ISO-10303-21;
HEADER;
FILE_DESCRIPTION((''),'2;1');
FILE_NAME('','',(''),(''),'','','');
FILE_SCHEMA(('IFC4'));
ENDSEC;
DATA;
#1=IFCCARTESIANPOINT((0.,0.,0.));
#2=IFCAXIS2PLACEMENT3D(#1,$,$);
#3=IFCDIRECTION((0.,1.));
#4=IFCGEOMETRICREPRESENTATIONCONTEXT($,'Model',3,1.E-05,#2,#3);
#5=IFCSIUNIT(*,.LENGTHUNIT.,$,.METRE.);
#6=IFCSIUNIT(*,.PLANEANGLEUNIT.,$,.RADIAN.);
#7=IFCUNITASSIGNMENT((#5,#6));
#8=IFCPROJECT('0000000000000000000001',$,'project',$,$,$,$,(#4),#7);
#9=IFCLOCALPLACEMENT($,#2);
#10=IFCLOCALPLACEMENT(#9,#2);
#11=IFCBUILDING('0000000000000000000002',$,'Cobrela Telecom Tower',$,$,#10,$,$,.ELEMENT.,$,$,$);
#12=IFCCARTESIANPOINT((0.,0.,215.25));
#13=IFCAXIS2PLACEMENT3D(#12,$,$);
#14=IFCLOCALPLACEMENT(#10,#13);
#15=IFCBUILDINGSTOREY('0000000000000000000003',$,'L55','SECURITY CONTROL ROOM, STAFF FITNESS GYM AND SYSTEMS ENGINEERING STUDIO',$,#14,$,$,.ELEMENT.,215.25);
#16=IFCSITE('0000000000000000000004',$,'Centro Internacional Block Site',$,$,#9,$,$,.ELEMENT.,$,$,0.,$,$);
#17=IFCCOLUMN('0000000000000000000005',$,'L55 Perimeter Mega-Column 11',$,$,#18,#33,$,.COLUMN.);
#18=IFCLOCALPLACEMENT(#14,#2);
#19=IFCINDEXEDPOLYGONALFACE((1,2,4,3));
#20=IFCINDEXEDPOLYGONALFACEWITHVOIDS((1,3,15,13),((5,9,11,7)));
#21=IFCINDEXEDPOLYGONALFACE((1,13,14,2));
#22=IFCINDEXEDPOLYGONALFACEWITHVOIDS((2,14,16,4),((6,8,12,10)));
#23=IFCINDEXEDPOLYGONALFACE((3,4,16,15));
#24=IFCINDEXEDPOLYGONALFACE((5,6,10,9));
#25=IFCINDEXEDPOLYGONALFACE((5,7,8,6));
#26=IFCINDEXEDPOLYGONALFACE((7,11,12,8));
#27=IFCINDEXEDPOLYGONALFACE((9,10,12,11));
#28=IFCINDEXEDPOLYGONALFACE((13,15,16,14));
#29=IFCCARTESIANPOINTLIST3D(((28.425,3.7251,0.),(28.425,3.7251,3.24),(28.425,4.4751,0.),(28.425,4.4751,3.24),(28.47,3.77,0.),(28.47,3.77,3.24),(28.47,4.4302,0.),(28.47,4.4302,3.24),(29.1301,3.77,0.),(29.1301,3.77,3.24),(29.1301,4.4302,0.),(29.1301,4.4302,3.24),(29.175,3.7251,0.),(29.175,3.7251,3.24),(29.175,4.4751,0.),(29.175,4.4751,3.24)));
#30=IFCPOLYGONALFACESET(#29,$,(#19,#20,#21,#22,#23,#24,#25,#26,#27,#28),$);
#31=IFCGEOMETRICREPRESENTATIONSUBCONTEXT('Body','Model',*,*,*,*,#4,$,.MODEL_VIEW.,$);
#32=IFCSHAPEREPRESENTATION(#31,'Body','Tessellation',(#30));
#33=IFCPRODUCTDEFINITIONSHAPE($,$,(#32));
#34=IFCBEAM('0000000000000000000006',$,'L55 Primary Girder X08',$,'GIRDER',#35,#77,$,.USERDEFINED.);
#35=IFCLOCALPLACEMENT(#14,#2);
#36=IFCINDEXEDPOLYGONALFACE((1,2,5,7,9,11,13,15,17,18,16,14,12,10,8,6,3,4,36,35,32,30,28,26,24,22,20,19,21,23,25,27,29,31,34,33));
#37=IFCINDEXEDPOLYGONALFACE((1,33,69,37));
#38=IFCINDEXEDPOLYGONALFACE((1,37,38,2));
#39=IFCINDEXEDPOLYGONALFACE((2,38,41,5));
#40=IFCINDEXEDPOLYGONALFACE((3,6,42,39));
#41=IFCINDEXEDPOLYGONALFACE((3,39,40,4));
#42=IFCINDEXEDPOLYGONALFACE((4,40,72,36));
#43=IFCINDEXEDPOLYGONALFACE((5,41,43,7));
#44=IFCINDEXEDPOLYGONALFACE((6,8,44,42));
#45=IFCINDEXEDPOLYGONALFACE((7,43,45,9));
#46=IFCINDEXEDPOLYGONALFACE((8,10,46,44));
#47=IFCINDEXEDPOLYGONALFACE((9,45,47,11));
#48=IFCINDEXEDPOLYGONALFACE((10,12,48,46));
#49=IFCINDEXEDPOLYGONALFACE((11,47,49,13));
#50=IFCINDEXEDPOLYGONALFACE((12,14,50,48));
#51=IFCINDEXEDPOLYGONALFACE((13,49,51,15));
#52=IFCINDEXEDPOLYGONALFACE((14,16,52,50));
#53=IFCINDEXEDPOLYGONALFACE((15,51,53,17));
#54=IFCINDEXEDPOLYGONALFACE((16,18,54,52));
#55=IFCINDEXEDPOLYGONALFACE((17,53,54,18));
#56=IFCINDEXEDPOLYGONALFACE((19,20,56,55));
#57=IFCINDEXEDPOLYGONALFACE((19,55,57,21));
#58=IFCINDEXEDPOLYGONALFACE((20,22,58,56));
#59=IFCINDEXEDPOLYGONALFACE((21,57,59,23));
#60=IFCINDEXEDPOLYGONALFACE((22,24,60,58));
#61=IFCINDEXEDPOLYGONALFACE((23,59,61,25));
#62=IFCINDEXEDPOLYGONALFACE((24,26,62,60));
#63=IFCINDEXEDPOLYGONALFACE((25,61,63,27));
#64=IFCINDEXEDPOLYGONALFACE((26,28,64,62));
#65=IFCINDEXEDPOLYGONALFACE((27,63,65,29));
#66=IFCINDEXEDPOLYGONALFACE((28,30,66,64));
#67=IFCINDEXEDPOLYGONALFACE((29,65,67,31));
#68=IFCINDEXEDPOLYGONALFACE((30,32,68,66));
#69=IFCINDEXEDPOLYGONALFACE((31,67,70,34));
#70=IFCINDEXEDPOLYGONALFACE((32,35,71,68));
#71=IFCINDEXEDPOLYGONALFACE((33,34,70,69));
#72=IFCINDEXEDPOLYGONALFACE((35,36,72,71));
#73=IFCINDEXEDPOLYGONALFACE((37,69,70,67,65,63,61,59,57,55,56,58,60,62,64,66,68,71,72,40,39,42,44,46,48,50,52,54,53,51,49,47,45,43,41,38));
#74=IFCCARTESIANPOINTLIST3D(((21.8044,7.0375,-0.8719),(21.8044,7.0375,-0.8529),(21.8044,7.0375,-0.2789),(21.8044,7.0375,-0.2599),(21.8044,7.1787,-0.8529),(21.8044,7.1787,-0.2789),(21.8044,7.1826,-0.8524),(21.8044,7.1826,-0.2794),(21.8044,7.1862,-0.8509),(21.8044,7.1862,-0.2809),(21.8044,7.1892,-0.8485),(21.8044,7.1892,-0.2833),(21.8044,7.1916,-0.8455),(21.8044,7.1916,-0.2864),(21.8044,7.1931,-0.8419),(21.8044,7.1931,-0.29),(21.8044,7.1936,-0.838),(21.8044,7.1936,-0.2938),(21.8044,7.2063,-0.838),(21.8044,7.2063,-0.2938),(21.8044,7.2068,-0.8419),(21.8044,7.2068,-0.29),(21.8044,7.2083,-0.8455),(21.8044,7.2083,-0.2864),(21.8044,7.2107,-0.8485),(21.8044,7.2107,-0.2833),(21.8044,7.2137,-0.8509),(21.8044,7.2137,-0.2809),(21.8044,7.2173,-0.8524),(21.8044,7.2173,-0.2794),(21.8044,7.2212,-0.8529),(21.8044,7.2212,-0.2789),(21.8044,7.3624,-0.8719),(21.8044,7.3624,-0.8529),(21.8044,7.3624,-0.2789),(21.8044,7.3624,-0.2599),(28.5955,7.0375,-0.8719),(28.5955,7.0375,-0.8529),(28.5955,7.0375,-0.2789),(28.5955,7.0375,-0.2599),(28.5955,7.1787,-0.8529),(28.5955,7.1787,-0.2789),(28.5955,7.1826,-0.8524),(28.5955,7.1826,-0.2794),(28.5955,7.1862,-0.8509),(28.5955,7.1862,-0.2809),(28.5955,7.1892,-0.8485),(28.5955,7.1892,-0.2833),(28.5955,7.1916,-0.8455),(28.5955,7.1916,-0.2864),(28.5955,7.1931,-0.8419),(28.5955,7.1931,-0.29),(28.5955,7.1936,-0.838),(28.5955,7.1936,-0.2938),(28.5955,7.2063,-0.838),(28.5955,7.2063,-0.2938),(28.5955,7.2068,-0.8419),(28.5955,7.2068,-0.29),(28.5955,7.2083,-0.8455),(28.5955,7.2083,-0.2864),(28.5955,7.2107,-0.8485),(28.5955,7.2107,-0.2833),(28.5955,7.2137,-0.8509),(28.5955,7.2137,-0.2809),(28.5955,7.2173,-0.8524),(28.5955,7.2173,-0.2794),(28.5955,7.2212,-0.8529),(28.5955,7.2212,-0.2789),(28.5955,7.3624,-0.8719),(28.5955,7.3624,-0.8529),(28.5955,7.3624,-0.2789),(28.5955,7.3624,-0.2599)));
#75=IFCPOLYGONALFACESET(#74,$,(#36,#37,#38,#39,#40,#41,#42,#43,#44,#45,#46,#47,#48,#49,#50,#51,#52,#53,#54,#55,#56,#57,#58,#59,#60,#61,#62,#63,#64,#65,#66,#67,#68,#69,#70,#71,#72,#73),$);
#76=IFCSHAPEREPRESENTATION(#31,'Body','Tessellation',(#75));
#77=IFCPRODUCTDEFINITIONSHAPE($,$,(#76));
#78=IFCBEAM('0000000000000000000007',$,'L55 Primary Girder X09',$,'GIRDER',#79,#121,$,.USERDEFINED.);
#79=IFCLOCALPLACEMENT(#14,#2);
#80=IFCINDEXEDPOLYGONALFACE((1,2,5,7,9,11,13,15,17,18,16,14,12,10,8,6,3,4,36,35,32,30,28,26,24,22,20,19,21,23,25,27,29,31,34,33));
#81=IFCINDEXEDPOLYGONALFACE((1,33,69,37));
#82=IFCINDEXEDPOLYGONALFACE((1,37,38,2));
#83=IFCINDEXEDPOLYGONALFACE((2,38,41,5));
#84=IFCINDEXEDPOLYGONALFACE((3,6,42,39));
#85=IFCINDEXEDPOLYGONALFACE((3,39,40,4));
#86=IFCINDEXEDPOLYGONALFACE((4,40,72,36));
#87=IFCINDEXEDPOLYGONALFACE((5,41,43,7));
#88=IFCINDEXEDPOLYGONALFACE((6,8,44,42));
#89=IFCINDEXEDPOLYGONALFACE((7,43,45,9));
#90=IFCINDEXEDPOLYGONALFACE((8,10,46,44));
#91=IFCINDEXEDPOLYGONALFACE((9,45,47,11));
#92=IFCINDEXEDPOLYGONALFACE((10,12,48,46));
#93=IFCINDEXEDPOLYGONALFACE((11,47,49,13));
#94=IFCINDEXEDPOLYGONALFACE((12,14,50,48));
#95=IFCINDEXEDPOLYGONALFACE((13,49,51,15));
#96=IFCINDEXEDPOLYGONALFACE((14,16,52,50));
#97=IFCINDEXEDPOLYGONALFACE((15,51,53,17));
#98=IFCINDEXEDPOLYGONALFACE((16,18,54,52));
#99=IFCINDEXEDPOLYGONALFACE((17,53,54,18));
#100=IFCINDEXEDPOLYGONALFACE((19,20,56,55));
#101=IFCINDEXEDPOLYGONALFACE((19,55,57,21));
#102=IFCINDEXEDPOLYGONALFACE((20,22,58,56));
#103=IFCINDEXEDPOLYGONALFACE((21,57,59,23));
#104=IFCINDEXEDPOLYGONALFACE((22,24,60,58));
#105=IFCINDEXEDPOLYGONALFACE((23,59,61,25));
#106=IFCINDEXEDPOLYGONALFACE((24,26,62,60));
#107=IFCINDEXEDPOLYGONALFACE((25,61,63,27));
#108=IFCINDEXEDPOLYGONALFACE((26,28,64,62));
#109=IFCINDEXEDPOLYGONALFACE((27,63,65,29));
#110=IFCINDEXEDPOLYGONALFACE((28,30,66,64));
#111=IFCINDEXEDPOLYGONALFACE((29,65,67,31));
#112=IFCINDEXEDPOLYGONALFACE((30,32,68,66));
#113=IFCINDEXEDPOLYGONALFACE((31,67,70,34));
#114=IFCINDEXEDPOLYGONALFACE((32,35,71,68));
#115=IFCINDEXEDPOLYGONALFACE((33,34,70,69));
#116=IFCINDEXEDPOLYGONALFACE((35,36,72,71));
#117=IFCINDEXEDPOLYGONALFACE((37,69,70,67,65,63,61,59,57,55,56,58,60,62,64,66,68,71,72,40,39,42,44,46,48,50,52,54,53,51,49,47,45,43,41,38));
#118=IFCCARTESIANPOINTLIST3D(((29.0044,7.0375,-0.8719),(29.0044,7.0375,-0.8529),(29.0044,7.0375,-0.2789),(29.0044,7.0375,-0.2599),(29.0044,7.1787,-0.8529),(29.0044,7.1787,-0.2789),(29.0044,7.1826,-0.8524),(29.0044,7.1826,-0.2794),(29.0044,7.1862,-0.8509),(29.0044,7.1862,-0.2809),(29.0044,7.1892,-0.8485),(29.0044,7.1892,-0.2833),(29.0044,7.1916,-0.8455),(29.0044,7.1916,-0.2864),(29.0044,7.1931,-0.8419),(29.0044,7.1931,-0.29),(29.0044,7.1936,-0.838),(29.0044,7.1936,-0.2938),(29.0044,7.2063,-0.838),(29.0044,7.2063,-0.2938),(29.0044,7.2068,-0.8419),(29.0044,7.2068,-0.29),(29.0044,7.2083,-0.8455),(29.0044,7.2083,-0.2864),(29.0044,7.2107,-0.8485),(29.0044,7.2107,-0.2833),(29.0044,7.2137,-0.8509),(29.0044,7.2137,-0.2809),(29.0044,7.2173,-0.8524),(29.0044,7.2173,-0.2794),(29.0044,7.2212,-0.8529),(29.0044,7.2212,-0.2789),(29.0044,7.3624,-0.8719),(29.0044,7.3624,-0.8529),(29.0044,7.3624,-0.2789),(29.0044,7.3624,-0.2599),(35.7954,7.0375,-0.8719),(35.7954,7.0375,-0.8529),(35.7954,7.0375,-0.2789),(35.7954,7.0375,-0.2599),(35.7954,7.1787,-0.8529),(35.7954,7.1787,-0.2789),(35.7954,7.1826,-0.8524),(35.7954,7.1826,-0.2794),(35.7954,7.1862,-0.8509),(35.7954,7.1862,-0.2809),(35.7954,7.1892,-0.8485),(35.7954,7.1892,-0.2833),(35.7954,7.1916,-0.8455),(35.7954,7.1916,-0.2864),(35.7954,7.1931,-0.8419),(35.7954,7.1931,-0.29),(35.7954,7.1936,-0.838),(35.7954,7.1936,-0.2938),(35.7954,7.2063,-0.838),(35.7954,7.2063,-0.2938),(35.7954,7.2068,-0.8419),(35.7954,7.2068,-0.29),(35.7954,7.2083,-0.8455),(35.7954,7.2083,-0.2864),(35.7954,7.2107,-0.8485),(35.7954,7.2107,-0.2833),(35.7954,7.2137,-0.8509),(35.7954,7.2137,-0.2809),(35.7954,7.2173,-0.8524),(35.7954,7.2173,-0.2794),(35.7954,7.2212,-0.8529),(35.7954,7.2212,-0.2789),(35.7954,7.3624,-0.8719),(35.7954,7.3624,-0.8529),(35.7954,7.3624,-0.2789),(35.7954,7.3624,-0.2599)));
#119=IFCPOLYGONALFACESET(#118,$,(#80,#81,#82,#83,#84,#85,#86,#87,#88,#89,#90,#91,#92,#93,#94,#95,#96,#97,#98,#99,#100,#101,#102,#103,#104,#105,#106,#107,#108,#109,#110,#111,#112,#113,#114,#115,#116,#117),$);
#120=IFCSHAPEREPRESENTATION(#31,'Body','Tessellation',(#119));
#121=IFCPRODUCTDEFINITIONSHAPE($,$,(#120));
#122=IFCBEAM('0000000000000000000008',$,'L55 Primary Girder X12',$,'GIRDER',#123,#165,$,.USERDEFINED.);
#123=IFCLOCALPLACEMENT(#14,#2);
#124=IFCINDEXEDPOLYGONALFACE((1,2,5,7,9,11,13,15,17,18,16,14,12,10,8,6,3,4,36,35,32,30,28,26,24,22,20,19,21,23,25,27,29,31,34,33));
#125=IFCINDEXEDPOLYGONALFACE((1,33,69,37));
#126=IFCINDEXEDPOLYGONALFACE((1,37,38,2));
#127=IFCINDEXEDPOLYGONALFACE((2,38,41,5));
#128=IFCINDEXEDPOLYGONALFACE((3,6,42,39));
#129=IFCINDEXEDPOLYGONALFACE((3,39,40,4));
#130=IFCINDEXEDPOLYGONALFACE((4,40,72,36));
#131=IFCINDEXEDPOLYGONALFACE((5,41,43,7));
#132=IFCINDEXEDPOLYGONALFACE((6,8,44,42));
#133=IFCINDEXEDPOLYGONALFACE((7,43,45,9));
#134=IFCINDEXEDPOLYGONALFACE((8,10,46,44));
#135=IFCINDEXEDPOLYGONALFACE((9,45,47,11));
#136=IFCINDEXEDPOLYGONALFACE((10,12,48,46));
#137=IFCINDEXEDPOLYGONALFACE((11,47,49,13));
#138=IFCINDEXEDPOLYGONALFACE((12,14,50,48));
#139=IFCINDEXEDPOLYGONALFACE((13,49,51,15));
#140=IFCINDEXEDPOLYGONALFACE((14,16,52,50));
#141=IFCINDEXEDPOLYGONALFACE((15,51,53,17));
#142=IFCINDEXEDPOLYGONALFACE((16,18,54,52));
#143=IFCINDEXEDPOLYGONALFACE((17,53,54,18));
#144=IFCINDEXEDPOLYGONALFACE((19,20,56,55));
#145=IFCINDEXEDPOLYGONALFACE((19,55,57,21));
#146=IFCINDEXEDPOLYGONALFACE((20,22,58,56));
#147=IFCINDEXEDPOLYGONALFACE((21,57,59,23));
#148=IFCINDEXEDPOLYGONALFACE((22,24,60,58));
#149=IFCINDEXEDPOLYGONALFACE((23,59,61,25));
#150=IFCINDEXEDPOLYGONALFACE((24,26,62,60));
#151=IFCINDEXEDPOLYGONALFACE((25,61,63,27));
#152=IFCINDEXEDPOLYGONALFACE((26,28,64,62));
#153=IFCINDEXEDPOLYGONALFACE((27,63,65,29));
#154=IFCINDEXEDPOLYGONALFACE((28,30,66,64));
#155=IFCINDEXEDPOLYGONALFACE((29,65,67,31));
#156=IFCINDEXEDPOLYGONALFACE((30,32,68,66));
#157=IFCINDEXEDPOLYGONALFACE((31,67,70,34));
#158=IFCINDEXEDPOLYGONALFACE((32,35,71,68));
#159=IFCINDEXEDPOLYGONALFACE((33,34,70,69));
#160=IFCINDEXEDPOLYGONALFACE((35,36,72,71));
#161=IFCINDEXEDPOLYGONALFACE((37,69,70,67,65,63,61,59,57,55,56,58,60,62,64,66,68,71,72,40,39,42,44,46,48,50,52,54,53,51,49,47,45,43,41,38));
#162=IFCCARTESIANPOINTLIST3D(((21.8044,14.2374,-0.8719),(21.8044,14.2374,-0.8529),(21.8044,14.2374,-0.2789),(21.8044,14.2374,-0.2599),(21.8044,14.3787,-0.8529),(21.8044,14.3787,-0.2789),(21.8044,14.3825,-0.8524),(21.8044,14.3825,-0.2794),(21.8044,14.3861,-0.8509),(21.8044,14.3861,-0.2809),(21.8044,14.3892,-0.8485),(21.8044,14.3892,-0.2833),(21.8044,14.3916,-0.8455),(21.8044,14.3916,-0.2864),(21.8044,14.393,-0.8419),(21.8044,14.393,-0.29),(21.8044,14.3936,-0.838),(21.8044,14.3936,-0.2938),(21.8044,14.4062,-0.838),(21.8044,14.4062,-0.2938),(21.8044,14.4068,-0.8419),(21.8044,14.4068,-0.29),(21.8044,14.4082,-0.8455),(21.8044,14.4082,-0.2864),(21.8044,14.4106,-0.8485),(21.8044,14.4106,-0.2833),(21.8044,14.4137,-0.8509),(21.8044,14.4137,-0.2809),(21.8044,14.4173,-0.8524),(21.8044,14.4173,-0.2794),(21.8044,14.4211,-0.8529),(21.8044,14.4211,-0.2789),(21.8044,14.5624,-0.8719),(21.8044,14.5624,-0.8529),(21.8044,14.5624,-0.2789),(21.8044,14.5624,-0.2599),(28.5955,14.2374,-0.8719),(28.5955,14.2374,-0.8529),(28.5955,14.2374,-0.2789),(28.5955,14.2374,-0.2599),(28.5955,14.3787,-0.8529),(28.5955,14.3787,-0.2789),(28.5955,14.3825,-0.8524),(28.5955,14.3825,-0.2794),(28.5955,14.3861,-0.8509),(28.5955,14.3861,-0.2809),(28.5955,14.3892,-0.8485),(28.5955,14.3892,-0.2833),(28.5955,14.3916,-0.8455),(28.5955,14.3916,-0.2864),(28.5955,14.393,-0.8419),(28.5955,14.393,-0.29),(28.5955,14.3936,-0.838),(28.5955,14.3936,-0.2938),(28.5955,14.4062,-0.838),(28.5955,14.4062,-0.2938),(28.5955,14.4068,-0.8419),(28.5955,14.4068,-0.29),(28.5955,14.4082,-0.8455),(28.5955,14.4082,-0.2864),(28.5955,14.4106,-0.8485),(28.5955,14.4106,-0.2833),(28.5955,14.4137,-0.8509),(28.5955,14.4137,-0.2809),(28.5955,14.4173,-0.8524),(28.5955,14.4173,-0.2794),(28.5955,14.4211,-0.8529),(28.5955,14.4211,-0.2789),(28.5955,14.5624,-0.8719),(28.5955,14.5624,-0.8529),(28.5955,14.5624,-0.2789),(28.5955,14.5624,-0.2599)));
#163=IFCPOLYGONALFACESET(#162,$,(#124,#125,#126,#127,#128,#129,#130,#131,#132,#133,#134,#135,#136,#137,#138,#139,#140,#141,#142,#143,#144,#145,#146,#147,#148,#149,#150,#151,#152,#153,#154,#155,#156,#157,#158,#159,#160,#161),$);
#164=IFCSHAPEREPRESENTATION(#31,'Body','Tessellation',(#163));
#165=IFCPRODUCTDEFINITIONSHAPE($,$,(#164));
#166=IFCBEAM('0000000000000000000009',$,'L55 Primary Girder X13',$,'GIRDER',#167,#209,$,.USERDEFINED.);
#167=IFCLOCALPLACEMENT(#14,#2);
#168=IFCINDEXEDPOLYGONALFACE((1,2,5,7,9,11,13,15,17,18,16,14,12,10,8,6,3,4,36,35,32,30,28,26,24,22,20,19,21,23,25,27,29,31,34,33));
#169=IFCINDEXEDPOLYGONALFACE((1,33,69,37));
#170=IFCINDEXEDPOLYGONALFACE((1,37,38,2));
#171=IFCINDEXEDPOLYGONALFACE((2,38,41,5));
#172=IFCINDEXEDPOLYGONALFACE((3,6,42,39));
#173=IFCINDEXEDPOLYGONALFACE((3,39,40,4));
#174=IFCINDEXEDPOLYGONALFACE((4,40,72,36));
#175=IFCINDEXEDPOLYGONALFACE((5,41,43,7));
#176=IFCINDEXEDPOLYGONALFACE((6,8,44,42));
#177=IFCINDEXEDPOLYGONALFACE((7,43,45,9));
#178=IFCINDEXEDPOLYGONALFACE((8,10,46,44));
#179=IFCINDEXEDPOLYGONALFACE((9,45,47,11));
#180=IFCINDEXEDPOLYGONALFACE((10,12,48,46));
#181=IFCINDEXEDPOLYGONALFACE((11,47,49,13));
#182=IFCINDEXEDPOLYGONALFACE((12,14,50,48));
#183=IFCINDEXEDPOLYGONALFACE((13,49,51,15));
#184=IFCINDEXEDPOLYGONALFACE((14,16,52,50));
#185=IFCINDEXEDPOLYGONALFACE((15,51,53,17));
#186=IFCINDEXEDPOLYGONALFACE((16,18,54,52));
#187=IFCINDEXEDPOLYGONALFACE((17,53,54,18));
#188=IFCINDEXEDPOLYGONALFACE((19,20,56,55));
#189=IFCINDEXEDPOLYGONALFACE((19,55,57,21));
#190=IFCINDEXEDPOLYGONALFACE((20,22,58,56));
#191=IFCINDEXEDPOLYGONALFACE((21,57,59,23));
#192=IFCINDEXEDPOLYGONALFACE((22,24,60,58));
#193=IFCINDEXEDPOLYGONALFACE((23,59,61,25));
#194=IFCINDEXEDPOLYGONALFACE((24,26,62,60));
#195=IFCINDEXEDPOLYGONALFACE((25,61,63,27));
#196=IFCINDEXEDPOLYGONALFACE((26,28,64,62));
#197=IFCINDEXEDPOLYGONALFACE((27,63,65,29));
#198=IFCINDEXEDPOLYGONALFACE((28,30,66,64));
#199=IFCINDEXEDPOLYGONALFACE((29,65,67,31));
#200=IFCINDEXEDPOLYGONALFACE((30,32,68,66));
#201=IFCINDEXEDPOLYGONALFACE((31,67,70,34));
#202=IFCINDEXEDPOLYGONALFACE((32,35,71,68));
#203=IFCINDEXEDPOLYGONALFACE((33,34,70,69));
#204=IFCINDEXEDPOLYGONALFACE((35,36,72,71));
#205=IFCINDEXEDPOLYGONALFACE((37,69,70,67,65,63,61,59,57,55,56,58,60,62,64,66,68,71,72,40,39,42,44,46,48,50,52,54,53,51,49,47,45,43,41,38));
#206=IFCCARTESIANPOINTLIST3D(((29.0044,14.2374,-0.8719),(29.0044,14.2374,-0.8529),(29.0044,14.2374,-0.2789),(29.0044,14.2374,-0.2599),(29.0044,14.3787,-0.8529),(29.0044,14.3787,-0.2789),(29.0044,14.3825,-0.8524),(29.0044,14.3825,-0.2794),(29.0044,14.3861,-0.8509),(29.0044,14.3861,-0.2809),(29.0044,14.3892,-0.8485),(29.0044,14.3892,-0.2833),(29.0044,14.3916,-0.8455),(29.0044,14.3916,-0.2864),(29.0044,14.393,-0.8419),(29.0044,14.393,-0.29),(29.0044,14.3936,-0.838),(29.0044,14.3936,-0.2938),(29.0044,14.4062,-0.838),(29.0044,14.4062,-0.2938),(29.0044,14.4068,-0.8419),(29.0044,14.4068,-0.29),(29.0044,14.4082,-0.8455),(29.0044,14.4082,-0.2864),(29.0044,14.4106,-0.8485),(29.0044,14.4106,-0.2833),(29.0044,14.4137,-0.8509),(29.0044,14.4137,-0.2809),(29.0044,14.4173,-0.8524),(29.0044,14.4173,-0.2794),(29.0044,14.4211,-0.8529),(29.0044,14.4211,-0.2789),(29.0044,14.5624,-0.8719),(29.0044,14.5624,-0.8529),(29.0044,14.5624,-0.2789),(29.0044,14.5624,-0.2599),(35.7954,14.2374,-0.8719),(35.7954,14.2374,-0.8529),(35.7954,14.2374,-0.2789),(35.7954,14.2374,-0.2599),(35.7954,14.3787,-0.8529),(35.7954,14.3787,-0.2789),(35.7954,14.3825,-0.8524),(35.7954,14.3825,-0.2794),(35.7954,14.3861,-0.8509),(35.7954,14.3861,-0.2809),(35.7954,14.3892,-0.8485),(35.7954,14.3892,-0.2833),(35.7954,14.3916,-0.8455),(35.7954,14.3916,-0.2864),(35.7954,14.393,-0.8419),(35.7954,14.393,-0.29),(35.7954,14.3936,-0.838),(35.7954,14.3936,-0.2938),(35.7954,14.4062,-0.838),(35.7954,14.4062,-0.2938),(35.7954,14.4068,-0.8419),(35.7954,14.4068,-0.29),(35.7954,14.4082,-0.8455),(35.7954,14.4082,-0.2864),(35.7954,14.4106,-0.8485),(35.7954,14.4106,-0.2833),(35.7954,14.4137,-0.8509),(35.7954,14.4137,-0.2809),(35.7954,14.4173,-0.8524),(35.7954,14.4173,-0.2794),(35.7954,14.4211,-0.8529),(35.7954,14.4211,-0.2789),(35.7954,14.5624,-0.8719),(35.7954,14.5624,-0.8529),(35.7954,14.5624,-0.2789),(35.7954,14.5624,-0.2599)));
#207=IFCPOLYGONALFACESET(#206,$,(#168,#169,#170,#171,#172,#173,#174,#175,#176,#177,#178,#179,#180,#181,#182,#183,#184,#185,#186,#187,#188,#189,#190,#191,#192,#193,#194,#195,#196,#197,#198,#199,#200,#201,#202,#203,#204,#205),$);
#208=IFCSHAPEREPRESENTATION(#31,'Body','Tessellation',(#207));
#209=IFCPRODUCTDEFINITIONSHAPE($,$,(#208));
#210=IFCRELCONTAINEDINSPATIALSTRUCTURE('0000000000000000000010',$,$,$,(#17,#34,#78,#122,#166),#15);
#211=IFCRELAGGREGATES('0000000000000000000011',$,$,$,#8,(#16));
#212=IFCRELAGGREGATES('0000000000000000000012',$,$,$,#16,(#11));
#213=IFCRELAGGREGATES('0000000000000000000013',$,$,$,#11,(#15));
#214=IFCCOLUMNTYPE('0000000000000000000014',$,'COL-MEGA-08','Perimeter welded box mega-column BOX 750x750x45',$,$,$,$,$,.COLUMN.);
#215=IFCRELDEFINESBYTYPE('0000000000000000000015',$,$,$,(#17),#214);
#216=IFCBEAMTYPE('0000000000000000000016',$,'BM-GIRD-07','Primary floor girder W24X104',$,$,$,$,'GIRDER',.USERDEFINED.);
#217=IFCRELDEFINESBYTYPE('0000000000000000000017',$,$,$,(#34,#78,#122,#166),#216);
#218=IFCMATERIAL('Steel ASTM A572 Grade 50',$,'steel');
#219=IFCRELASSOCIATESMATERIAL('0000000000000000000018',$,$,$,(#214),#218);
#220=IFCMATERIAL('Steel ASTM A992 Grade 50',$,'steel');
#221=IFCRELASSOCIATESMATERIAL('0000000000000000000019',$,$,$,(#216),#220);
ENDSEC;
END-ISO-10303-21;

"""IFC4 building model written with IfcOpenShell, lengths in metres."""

from ifc_helpers import new_model, si_unit, direction, frame, origin, origin_2d, place, context, subcontext, project, spatial, hollow_rectangle, i_section, extrude, material, material_profile, profile_set, type_object, element, save


model = new_model("IFC4")

# Units and contexts
model_context = context("Model", 3, precision=1e-05, world=origin(), true_north=direction((0.0, 1.0)))
body_context = subcontext(model_context, "Body", "Model", "MODEL_VIEW")
ifc_project = project(units=[si_unit("LENGTHUNIT", "METRE"), si_unit("PLANEANGLEUNIT", "RADIAN")], contexts=[model_context])

# Site, building, storey
site_placement = place(None, origin())
site = spatial("IfcSite", under=ifc_project, at=site_placement, Name="Centro Internacional Block Site", CompositionType="ELEMENT", RefElevation=0.0)
building_placement = place(site_placement, origin())
building = spatial("IfcBuilding", under=site, at=building_placement, Name="Cobrela Telecom Tower", CompositionType="ELEMENT")
storey_placement = place(building_placement, frame((0.0, 0.0, 215.25)))
storey = spatial("IfcBuildingStorey", under=building, at=storey_placement, Name="L55", Description="SECURITY CONTROL ROOM, STAFF FITNESS GYM AND SYSTEMS ENGINEERING STUDIO", CompositionType="ELEMENT", Elevation=215.25)

# Column
ifc_material_1 = material(Name="Steel ASTM A992 Grade 50", Category="steel")
ifc_material_2 = material(Name="Steel ASTM A572 Grade 50", Category="steel")
ifc_material_profile_1 = material_profile(ifc_material_2, hollow_rectangle(XDim=0.75, YDim=0.75, WallThickness=0.0449, at=origin_2d()), Name="BOX 750x750x45")
ifc_profile_set_1 = profile_set([ifc_material_profile_1], Name="Steel ASTM A572 Grade 50")
column_type_1 = type_object("IfcColumnType", Name="COL-MEGA-08", Description="Perimeter welded box mega-column BOX 750x750x45", PredefinedType="COLUMN", material=ifc_profile_set_1)
for number, where, z_axis, x_axis, name in (
    (1, (28.8, 4.1001, 0.0), (0.0, 0.0, 1.0), (1.0, 0.0, 0.0), "L55 Perimeter Mega-Column 11"),
):
    element("IfcColumn", number, at=place(storey_placement, frame(where, z_axis=z_axis, x_axis=x_axis)), inside=storey, type_object=column_type_1, Name=name, PredefinedType="COLUMN", context=body_context, shape_type="SweptSolid", body=[
        extrude(hollow_rectangle(XDim=0.75, YDim=0.75, WallThickness=0.0449, at=origin_2d()), origin(), (0.0, 0.0, 1.0), 3.24),
    ])

# Beams
ifc_material_profile_2 = material_profile(ifc_material_1, i_section(OverallWidth=0.325, OverallDepth=0.6121, WebThickness=0.0127, FlangeThickness=0.019, FilletRadius=0.0149, at=origin_2d()), Name="W24X104")
ifc_profile_set_2 = profile_set([ifc_material_profile_2], Name="Steel ASTM A992 Grade 50")
beam_type_1 = type_object("IfcBeamType", Name="BM-GIRD-07", Description="Primary floor girder W24X104", ElementType="GIRDER", PredefinedType="USERDEFINED", material=ifc_profile_set_2)
for number, where, z_axis, x_axis, name in (
    (2, (21.8044, 7.2, -0.5659), (1.0, 0.0, 0.0), (0.0, 1.0, 0.0), "L55 Primary Girder X08"),
    (3, (29.0044, 7.2, -0.5659), (1.0, 0.0, 0.0), (0.0, 1.0, 0.0), "L55 Primary Girder X09"),
    (4, (21.8044, 14.3999, -0.5659), (1.0, 0.0, 0.0), (0.0, 1.0, 0.0), "L55 Primary Girder X12"),
    (5, (29.0044, 14.3999, -0.5659), (1.0, 0.0, 0.0), (0.0, 1.0, 0.0), "L55 Primary Girder X13"),
):
    element("IfcBeam", number, at=place(storey_placement, frame(where, z_axis=z_axis, x_axis=x_axis)), inside=storey, type_object=beam_type_1, Name=name, ObjectType="GIRDER", PredefinedType="USERDEFINED", context=body_context, shape_type="SweptSolid", body=[
        extrude(i_section(OverallWidth=0.325, OverallDepth=0.6121, WebThickness=0.0127, FlangeThickness=0.019, FilletRadius=0.0149, at=origin_2d()), origin(), (0.0, 0.0, 1.0), 6.791),
    ])

save(model, "model.ifc")
